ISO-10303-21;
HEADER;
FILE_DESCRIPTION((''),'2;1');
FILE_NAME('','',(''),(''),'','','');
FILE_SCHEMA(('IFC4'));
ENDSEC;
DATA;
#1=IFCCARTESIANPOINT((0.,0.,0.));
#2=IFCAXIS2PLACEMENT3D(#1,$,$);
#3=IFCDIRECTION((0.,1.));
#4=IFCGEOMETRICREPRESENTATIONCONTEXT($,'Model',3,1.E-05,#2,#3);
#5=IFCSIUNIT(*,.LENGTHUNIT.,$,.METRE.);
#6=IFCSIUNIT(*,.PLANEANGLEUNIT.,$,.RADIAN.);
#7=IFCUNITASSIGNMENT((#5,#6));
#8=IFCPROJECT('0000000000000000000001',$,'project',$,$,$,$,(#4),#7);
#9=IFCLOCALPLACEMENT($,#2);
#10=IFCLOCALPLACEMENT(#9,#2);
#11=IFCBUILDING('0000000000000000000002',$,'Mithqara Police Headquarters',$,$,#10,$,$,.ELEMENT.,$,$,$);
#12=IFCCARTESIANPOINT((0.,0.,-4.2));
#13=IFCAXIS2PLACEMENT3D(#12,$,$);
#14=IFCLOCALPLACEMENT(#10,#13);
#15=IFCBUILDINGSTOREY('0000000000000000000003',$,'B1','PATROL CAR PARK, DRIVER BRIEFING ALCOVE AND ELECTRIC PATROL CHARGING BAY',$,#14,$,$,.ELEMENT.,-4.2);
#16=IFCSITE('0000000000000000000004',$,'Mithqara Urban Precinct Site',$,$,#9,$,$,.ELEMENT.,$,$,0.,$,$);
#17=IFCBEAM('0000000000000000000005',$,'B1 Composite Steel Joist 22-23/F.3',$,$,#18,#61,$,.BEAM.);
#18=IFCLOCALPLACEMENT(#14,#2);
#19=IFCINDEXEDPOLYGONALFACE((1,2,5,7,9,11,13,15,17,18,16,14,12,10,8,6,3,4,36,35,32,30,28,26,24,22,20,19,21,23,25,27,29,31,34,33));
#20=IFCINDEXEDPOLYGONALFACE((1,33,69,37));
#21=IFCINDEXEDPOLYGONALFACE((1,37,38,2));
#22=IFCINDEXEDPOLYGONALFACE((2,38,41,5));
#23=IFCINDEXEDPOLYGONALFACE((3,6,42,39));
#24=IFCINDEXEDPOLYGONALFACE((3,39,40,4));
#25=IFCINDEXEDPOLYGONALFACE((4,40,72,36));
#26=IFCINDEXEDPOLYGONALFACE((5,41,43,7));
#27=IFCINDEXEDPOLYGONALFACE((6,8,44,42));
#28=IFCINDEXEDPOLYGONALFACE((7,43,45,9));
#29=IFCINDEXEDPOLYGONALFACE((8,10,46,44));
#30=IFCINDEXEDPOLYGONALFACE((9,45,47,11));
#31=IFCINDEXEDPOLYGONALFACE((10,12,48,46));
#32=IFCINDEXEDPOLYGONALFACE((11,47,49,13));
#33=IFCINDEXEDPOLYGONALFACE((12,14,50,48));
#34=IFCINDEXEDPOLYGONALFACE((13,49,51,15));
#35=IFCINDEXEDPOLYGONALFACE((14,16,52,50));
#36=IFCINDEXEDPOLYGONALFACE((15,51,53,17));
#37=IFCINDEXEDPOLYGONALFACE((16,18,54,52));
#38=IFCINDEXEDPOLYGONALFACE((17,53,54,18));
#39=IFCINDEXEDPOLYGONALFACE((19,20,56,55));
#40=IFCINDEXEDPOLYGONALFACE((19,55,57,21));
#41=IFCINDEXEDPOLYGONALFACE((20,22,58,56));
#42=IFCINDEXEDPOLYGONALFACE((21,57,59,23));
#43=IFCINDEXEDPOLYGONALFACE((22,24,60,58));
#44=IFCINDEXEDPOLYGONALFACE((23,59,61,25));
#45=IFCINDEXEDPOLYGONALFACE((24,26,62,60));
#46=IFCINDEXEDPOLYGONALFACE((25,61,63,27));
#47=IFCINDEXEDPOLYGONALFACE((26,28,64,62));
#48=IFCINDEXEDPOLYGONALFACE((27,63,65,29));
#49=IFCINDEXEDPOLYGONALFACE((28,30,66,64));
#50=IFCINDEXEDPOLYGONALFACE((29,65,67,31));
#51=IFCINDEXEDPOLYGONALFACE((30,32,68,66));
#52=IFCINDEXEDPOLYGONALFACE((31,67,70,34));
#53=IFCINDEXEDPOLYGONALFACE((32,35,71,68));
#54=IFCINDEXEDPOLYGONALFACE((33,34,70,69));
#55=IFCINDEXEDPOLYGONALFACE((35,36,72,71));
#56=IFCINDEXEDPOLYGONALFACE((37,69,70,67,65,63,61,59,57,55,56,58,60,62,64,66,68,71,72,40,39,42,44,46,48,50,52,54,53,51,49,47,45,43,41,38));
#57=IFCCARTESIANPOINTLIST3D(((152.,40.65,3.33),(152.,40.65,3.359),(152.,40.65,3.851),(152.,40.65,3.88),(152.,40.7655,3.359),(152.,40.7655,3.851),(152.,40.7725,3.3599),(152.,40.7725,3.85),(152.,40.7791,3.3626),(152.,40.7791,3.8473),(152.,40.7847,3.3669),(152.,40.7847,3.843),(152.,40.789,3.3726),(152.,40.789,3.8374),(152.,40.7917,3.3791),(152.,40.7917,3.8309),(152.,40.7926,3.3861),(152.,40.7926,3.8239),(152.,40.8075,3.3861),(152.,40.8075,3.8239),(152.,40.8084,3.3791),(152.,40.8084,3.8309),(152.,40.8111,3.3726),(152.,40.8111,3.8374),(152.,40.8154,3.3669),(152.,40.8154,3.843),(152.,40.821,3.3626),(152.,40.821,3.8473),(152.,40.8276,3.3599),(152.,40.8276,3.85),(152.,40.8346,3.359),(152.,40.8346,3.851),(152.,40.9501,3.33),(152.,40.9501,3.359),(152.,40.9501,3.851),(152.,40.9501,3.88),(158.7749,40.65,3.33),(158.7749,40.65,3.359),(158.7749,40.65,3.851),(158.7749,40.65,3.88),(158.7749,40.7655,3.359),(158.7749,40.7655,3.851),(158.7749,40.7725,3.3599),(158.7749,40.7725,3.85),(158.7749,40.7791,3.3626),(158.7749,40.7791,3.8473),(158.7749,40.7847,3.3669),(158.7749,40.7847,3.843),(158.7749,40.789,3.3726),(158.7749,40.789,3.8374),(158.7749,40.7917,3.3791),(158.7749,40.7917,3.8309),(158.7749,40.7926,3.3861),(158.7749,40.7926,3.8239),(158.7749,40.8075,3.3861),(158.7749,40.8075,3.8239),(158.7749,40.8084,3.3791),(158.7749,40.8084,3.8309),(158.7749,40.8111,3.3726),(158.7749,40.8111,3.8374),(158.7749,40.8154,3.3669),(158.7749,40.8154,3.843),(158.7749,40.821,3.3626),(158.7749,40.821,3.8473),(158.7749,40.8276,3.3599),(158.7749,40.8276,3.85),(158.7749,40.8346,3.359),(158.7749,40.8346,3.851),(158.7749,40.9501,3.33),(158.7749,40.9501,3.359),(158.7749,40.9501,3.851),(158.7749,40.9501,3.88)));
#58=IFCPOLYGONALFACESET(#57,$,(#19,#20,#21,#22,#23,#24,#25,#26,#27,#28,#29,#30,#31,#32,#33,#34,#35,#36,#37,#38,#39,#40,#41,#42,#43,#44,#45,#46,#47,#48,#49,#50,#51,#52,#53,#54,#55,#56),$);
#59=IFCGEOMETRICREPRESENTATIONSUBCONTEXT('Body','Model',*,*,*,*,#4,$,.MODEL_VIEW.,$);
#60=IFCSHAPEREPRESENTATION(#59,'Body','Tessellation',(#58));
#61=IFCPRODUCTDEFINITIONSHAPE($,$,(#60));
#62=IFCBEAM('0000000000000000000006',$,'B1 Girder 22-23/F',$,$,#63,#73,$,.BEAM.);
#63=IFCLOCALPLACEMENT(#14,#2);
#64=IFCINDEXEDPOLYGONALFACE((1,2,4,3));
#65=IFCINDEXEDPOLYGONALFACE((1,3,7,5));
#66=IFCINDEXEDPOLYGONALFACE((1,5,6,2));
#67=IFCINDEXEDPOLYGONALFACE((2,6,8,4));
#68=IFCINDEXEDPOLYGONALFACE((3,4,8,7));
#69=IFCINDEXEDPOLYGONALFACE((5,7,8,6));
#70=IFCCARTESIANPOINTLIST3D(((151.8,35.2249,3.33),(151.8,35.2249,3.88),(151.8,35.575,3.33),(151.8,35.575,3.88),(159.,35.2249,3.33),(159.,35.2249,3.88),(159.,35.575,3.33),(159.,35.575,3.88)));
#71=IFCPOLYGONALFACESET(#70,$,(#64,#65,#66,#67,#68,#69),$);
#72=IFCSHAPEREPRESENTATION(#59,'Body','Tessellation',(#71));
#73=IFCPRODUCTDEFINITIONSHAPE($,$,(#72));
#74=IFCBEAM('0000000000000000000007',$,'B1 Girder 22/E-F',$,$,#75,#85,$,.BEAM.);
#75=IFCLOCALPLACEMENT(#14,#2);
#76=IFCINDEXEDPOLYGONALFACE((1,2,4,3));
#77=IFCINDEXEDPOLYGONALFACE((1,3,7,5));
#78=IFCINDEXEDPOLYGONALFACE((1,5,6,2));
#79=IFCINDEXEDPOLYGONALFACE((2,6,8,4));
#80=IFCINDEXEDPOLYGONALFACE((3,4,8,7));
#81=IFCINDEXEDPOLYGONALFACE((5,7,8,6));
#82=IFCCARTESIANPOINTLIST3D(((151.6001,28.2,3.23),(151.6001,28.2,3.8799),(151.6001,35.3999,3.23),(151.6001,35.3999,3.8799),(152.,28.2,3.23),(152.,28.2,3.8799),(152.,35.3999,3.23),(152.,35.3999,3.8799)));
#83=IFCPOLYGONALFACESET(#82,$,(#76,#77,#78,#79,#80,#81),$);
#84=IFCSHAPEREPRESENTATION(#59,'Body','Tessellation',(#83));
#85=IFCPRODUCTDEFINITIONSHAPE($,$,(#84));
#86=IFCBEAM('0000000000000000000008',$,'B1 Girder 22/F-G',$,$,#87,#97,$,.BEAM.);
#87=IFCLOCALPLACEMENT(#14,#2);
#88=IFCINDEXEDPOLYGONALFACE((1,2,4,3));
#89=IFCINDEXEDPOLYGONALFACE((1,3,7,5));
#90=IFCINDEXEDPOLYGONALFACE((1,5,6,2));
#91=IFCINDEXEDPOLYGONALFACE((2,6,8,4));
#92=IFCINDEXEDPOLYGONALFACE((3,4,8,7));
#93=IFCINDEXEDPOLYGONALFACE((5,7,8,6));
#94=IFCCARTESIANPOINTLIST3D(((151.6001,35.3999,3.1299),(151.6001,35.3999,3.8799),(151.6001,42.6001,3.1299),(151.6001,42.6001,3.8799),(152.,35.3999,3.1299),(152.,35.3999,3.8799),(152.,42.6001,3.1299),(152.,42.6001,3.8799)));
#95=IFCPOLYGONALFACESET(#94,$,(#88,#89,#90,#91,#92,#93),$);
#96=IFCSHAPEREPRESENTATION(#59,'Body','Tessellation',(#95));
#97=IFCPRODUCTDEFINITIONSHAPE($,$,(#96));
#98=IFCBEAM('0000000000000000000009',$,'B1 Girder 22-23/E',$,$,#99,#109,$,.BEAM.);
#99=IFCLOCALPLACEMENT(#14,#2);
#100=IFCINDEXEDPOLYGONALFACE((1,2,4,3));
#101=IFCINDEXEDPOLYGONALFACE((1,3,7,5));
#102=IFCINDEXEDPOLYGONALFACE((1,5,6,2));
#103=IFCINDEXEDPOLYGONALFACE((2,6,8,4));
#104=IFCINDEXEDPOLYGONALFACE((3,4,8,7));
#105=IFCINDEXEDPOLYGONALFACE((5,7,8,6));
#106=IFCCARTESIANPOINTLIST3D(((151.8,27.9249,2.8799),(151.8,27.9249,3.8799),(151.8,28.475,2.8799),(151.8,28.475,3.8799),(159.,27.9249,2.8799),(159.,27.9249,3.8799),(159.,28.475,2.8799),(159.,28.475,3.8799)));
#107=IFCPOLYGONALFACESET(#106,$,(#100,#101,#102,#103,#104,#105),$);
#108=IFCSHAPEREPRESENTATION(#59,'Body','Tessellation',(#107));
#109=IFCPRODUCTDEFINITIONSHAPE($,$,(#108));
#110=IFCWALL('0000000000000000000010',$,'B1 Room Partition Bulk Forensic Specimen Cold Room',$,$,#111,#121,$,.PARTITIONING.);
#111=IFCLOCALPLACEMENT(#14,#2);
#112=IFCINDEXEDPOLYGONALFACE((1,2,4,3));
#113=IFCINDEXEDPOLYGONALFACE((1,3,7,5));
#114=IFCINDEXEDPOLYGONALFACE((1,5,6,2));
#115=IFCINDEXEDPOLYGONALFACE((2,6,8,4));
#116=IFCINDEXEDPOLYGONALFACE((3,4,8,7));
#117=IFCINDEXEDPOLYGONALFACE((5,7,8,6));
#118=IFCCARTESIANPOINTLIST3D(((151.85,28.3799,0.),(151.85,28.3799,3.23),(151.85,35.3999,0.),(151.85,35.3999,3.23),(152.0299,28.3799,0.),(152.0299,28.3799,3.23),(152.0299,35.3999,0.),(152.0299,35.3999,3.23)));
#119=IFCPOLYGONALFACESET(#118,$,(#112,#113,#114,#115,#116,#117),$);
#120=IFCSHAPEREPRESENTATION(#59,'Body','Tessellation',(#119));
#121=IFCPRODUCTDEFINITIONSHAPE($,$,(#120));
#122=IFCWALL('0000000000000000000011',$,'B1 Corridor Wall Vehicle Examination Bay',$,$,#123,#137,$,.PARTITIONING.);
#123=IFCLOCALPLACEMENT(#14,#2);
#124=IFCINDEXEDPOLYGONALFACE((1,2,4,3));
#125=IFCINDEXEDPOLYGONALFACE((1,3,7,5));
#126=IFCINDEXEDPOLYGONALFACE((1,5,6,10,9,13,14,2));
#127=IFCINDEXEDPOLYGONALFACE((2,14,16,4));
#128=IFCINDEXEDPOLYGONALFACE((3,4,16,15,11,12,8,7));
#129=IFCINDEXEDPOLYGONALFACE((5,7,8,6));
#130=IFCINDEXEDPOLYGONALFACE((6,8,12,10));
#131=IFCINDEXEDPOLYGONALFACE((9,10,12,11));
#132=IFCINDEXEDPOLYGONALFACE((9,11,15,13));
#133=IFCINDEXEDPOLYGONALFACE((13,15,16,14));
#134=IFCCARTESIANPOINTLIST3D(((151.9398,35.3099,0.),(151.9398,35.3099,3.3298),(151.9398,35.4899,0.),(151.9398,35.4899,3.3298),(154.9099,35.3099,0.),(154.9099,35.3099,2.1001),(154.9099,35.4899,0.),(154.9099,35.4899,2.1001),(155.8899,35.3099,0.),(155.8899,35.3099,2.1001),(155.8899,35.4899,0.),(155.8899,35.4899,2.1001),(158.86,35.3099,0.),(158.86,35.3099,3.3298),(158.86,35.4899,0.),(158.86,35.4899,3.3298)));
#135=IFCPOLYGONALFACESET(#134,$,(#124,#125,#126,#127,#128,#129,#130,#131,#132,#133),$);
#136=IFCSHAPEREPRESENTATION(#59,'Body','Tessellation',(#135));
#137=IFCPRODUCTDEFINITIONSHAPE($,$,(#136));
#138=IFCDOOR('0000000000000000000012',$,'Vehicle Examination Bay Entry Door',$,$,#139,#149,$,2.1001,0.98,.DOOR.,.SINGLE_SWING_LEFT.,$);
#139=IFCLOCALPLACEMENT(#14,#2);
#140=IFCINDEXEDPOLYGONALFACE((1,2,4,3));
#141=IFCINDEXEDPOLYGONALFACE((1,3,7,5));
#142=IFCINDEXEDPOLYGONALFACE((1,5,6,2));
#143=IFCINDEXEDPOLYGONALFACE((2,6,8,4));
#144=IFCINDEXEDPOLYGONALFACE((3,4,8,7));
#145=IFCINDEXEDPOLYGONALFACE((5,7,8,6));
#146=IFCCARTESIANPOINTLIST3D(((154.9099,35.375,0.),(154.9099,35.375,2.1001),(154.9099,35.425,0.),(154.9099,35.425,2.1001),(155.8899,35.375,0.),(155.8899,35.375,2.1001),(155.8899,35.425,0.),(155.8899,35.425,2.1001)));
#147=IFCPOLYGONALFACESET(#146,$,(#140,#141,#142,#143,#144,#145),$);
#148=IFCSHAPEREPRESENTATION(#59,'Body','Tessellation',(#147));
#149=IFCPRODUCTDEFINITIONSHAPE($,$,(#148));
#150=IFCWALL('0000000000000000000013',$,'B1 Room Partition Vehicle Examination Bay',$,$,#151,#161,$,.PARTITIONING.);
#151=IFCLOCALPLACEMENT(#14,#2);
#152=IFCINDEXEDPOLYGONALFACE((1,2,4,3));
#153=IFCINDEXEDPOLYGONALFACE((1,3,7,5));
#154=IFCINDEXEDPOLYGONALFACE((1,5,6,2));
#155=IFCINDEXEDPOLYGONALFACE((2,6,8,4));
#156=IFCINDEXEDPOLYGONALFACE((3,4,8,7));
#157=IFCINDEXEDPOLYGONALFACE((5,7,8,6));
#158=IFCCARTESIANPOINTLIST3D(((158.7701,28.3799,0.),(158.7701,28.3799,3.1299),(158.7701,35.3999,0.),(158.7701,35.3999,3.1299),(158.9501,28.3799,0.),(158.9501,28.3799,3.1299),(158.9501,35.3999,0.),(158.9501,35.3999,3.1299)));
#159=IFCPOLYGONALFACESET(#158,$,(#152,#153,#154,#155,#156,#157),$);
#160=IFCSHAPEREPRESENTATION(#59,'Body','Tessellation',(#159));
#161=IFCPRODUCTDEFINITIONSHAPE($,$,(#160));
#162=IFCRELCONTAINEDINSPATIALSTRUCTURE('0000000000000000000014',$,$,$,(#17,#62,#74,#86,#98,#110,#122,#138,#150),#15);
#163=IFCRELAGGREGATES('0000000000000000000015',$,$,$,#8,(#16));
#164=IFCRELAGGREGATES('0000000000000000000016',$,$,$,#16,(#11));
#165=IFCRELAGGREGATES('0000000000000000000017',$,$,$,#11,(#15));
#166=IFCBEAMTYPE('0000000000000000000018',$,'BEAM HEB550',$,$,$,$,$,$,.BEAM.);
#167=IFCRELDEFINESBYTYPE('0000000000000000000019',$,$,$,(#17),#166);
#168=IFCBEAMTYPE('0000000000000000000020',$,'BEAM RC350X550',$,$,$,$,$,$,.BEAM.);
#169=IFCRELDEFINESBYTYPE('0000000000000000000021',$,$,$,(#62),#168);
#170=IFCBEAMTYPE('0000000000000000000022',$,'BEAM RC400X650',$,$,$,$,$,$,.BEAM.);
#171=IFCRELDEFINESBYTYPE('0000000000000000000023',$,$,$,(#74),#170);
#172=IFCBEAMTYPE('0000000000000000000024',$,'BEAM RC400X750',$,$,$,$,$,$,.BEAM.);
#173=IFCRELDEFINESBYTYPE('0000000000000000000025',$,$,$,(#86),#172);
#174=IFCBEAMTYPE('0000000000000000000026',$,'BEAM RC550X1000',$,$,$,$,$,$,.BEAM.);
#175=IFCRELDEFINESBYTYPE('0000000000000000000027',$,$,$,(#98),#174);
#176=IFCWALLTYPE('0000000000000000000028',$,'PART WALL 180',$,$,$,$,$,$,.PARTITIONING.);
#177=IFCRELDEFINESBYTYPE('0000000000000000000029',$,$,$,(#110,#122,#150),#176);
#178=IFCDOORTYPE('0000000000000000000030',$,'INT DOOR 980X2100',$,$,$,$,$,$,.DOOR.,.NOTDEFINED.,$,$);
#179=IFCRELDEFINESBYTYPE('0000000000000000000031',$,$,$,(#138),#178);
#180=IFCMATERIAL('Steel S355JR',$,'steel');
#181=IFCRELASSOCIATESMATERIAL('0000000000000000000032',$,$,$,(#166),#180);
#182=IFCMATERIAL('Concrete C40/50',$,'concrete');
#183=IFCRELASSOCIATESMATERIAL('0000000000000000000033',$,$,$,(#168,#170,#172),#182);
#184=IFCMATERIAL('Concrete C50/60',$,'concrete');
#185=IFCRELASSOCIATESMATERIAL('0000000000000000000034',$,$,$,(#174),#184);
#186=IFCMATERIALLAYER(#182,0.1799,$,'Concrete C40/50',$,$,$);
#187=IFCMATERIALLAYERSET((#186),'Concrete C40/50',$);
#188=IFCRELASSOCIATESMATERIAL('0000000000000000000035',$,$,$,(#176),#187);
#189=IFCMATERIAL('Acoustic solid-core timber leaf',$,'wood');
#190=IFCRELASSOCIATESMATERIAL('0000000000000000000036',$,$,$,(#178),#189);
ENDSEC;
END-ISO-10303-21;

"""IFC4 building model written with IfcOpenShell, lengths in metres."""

from ifc_helpers import new_model, si_unit, direction, frame, frame_2d, origin, origin_2d, place, context, subcontext, project, spatial, rectangle, i_section, extrude, material, layer, layer_set, material_profile, profile_set, type_object, element, fill, save


model = new_model("IFC4")

# Units and contexts
model_context = context("Model", 3, precision=1e-05, world=origin(), true_north=direction((0.0, 1.0)))
body_context = subcontext(model_context, "Body", "Model", "MODEL_VIEW")
ifc_project = project(units=[si_unit("LENGTHUNIT", "METRE"), si_unit("PLANEANGLEUNIT", "RADIAN")], contexts=[model_context])

# Site, building, storey
site_placement = place(None, origin())
site = spatial("IfcSite", under=ifc_project, at=site_placement, Name="Mithqara Urban Precinct Site", CompositionType="ELEMENT", RefElevation=0.0)
building_placement = place(site_placement, origin())
building = spatial("IfcBuilding", under=site, at=building_placement, Name="Mithqara Police Headquarters", CompositionType="ELEMENT")
storey_placement = place(building_placement, frame((0.0, 0.0, -4.2)))
storey = spatial("IfcBuildingStorey", under=building, at=storey_placement, Name="B1", Description="PATROL CAR PARK, DRIVER BRIEFING ALCOVE AND ELECTRIC PATROL CHARGING BAY", CompositionType="ELEMENT", Elevation=-4.2)

# Shared definitions
ifc_material_1 = material(Name="Concrete C40/50", Category="concrete")

# Shared definitions
ifc_material_2 = material(Name="Concrete C50/60", Category="concrete")

# Beams
ifc_material_3 = material(Name="Steel S355JR", Category="steel")
ifc_material_profile_1 = material_profile(ifc_material_3, i_section(OverallWidth=0.3, OverallDepth=0.55, WebThickness=0.0149, FlangeThickness=0.0291, FilletRadius=0.0271, at=origin_2d()), Name="HEB 550")
ifc_profile_set_1 = profile_set([ifc_material_profile_1], Name="Steel S355JR")
beam_type_1 = type_object("IfcBeamType", Name="BEAM HEB550", PredefinedType="BEAM", material=ifc_profile_set_1)
for number, where, z_axis, x_axis, name in (
    (1, (152.0, 40.8, 3.605), (1.0, 0.0, 0.0), (0.0, 1.0, 0.0), "B1 Composite Steel Joist 22-23/F.3"),
):
    element("IfcBeam", number, at=place(storey_placement, frame(where, z_axis=z_axis, x_axis=x_axis)), inside=storey, type_object=beam_type_1, Name=name, PredefinedType="BEAM", context=body_context, shape_type="SweptSolid", body=[
        extrude(i_section(OverallWidth=0.3, OverallDepth=0.55, WebThickness=0.0149, FlangeThickness=0.0291, FilletRadius=0.0271, at=origin_2d()), origin(), (0.0, 0.0, 1.0), 6.7749),
    ])
ifc_material_profile_2 = material_profile(ifc_material_1, rectangle(XDim=0.3501, YDim=0.55, at=origin_2d()), Name="RC 350x550")
ifc_profile_set_2 = profile_set([ifc_material_profile_2], Name="Concrete C40/50")
beam_type_2 = type_object("IfcBeamType", Name="BEAM RC350X550", PredefinedType="BEAM", material=ifc_profile_set_2)
beam_1_placement = place(storey_placement, frame((151.8, 35.3999, 3.605), z_axis=(1.0, 0.0, 0.0), x_axis=(0.0, 1.0, 0.0)))
element("IfcBeam", 2, at=beam_1_placement, inside=storey, type_object=beam_type_2, Name="B1 Girder 22-23/F", PredefinedType="BEAM", context=body_context, shape_type="SweptSolid", body=[
    extrude(rectangle(XDim=0.3501, YDim=0.55, at=origin_2d()), origin(), (0.0, 0.0, 1.0), 7.2),
])
ifc_material_profile_3 = material_profile(ifc_material_1, rectangle(XDim=0.3999, YDim=0.6499, at=origin_2d()), Name="RC 400x650")
ifc_profile_set_3 = profile_set([ifc_material_profile_3], Name="Concrete C40/50")
beam_type_3 = type_object("IfcBeamType", Name="BEAM RC400X650", PredefinedType="BEAM", material=ifc_profile_set_3)
beam_2_placement = place(storey_placement, frame((151.8, 28.2, 3.5549), z_axis=(0.0, 1.0, 0.0), x_axis=(-1.0, 0.0, 0.0)))
element("IfcBeam", 3, at=beam_2_placement, inside=storey, type_object=beam_type_3, Name="B1 Girder 22/E-F", PredefinedType="BEAM", context=body_context, shape_type="SweptSolid", body=[
    extrude(rectangle(XDim=0.3999, YDim=0.6499, at=origin_2d()), origin(), (0.0, 0.0, 1.0), 7.2),
])
ifc_material_profile_4 = material_profile(ifc_material_1, rectangle(XDim=0.3999, YDim=0.75, at=origin_2d()), Name="RC 400x750")
ifc_profile_set_4 = profile_set([ifc_material_profile_4], Name="Concrete C40/50")
beam_type_4 = type_object("IfcBeamType", Name="BEAM RC400X750", PredefinedType="BEAM", material=ifc_profile_set_4)
beam_3_placement = place(storey_placement, frame((151.8, 35.3999, 3.5049), z_axis=(0.0, 1.0, 0.0), x_axis=(-1.0, 0.0, 0.0)))
element("IfcBeam", 4, at=beam_3_placement, inside=storey, type_object=beam_type_4, Name="B1 Girder 22/F-G", PredefinedType="BEAM", context=body_context, shape_type="SweptSolid", body=[
    extrude(rectangle(XDim=0.3999, YDim=0.75, at=origin_2d()), origin(), (0.0, 0.0, 1.0), 7.2002),
])
ifc_material_profile_5 = material_profile(ifc_material_2, rectangle(XDim=0.55, YDim=1.0, at=origin_2d()), Name="RC 550x1000")
ifc_profile_set_5 = profile_set([ifc_material_profile_5], Name="Concrete C50/60")
beam_type_5 = type_object("IfcBeamType", Name="BEAM RC550X1000", PredefinedType="BEAM", material=ifc_profile_set_5)
beam_4_placement = place(storey_placement, frame((151.8, 28.2, 3.3799), z_axis=(1.0, 0.0, 0.0), x_axis=(0.0, 1.0, 0.0)))
element("IfcBeam", 5, at=beam_4_placement, inside=storey, type_object=beam_type_5, Name="B1 Girder 22-23/E", PredefinedType="BEAM", context=body_context, shape_type="SweptSolid", body=[
    extrude(rectangle(XDim=0.55, YDim=1.0, at=origin_2d()), origin(), (0.0, 0.0, 1.0), 7.2),
])

# Wall
ifc_layer = layer(ifc_material_1, 0.1799, Name="Concrete C40/50")
ifc_layer_set = layer_set([ifc_layer], Name="Concrete C40/50")
wall_type = type_object("IfcWallType", Name="PART WALL 180", PredefinedType="PARTITIONING", material=ifc_layer_set)
wall_1_placement = place(storey_placement, frame((151.9399, 28.3799, 0.0), z_axis=(0.0, 0.0, 1.0), x_axis=(0.0, 1.0, 0.0)))
element("IfcWall", 6, at=wall_1_placement, inside=storey, type_object=wall_type, Name="B1 Room Partition Bulk Forensic Specimen Cold Room", PredefinedType="PARTITIONING", context=body_context, shape_type="SweptSolid", body=[
    extrude(rectangle(XDim=7.02, YDim=0.1799, at=frame_2d((3.51, 0.0))), origin(), (0.0, 0.0, 1.0), 3.23),
])

# Wall, opening, door
wall_2_placement = place(storey_placement, frame((151.9399, 35.3999, 0.0), z_axis=(0.0, 0.0, 1.0), x_axis=(1.0, 0.0, 0.0)))
wall_2 = element("IfcWall", 7, at=wall_2_placement, inside=storey, type_object=wall_type, Name="B1 Corridor Wall Vehicle Examination Bay", PredefinedType="PARTITIONING", context=body_context, shape_type="SweptSolid", body=[
    extrude(rectangle(XDim=6.9202, YDim=0.1799, at=frame_2d((3.46, 0.0))), origin(), (0.0, 0.0, 1.0), 3.3298),
])
opening_1_placement = place(wall_2_placement, frame((2.97, 0.0, 0.0)))
opening_1 = element("IfcOpeningElement", 8, at=opening_1_placement, cuts=wall_2, PredefinedType="OPENING", context=body_context, shape_type="SweptSolid", body=[
    extrude(rectangle(XDim=0.98, YDim=2.1001, at=frame_2d((0.49, 1.05))), frame((0.0, 0.1001, 0.0), z_axis=(0.0, -1.0, 0.0), x_axis=(1.0, 0.0, 0.0)), (0.0, 0.0, 1.0), 0.2),
])
ifc_material_4 = material(Name="Acoustic solid-core timber leaf", Category="wood")
door_type_1 = type_object("IfcDoorType", Name="INT DOOR 980X2100", OperationType="NOTDEFINED", PredefinedType="DOOR", material=ifc_material_4)
door_1_placement = place(opening_1_placement, frame((0.98, 0.0, 0.0), z_axis=(0.0, 0.0, 1.0), x_axis=(-1.0, 0.0, 0.0)))
door_1 = element("IfcDoor", 9, at=door_1_placement, inside=storey, type_object=door_type_1, Name="Vehicle Examination Bay Entry Door", OperationType="SINGLE_SWING_LEFT", OverallHeight=2.1001, OverallWidth=0.98, PredefinedType="DOOR", context=body_context, shape_type="SweptSolid", body=[
    extrude(rectangle(XDim=0.98, YDim=2.1001, at=frame_2d((0.49, 1.05))), frame((0.0, 0.0249, 0.0), z_axis=(0.0, -1.0, 0.0), x_axis=(1.0, 0.0, 0.0)), (0.0, 0.0, 1.0), 0.05),
])
fill(opening_1, door_1)

# Wall
wall_3_placement = place(storey_placement, frame((158.8601, 28.3799, 0.0), z_axis=(0.0, 0.0, 1.0), x_axis=(0.0, 1.0, 0.0)))
element("IfcWall", 10, at=wall_3_placement, inside=storey, type_object=wall_type, Name="B1 Room Partition Vehicle Examination Bay", PredefinedType="PARTITIONING", context=body_context, shape_type="SweptSolid", body=[
    extrude(rectangle(XDim=7.02, YDim=0.1799, at=frame_2d((3.51, 0.0))), origin(), (0.0, 0.0, 1.0), 3.1299),
])

save(model, "model.ifc")
